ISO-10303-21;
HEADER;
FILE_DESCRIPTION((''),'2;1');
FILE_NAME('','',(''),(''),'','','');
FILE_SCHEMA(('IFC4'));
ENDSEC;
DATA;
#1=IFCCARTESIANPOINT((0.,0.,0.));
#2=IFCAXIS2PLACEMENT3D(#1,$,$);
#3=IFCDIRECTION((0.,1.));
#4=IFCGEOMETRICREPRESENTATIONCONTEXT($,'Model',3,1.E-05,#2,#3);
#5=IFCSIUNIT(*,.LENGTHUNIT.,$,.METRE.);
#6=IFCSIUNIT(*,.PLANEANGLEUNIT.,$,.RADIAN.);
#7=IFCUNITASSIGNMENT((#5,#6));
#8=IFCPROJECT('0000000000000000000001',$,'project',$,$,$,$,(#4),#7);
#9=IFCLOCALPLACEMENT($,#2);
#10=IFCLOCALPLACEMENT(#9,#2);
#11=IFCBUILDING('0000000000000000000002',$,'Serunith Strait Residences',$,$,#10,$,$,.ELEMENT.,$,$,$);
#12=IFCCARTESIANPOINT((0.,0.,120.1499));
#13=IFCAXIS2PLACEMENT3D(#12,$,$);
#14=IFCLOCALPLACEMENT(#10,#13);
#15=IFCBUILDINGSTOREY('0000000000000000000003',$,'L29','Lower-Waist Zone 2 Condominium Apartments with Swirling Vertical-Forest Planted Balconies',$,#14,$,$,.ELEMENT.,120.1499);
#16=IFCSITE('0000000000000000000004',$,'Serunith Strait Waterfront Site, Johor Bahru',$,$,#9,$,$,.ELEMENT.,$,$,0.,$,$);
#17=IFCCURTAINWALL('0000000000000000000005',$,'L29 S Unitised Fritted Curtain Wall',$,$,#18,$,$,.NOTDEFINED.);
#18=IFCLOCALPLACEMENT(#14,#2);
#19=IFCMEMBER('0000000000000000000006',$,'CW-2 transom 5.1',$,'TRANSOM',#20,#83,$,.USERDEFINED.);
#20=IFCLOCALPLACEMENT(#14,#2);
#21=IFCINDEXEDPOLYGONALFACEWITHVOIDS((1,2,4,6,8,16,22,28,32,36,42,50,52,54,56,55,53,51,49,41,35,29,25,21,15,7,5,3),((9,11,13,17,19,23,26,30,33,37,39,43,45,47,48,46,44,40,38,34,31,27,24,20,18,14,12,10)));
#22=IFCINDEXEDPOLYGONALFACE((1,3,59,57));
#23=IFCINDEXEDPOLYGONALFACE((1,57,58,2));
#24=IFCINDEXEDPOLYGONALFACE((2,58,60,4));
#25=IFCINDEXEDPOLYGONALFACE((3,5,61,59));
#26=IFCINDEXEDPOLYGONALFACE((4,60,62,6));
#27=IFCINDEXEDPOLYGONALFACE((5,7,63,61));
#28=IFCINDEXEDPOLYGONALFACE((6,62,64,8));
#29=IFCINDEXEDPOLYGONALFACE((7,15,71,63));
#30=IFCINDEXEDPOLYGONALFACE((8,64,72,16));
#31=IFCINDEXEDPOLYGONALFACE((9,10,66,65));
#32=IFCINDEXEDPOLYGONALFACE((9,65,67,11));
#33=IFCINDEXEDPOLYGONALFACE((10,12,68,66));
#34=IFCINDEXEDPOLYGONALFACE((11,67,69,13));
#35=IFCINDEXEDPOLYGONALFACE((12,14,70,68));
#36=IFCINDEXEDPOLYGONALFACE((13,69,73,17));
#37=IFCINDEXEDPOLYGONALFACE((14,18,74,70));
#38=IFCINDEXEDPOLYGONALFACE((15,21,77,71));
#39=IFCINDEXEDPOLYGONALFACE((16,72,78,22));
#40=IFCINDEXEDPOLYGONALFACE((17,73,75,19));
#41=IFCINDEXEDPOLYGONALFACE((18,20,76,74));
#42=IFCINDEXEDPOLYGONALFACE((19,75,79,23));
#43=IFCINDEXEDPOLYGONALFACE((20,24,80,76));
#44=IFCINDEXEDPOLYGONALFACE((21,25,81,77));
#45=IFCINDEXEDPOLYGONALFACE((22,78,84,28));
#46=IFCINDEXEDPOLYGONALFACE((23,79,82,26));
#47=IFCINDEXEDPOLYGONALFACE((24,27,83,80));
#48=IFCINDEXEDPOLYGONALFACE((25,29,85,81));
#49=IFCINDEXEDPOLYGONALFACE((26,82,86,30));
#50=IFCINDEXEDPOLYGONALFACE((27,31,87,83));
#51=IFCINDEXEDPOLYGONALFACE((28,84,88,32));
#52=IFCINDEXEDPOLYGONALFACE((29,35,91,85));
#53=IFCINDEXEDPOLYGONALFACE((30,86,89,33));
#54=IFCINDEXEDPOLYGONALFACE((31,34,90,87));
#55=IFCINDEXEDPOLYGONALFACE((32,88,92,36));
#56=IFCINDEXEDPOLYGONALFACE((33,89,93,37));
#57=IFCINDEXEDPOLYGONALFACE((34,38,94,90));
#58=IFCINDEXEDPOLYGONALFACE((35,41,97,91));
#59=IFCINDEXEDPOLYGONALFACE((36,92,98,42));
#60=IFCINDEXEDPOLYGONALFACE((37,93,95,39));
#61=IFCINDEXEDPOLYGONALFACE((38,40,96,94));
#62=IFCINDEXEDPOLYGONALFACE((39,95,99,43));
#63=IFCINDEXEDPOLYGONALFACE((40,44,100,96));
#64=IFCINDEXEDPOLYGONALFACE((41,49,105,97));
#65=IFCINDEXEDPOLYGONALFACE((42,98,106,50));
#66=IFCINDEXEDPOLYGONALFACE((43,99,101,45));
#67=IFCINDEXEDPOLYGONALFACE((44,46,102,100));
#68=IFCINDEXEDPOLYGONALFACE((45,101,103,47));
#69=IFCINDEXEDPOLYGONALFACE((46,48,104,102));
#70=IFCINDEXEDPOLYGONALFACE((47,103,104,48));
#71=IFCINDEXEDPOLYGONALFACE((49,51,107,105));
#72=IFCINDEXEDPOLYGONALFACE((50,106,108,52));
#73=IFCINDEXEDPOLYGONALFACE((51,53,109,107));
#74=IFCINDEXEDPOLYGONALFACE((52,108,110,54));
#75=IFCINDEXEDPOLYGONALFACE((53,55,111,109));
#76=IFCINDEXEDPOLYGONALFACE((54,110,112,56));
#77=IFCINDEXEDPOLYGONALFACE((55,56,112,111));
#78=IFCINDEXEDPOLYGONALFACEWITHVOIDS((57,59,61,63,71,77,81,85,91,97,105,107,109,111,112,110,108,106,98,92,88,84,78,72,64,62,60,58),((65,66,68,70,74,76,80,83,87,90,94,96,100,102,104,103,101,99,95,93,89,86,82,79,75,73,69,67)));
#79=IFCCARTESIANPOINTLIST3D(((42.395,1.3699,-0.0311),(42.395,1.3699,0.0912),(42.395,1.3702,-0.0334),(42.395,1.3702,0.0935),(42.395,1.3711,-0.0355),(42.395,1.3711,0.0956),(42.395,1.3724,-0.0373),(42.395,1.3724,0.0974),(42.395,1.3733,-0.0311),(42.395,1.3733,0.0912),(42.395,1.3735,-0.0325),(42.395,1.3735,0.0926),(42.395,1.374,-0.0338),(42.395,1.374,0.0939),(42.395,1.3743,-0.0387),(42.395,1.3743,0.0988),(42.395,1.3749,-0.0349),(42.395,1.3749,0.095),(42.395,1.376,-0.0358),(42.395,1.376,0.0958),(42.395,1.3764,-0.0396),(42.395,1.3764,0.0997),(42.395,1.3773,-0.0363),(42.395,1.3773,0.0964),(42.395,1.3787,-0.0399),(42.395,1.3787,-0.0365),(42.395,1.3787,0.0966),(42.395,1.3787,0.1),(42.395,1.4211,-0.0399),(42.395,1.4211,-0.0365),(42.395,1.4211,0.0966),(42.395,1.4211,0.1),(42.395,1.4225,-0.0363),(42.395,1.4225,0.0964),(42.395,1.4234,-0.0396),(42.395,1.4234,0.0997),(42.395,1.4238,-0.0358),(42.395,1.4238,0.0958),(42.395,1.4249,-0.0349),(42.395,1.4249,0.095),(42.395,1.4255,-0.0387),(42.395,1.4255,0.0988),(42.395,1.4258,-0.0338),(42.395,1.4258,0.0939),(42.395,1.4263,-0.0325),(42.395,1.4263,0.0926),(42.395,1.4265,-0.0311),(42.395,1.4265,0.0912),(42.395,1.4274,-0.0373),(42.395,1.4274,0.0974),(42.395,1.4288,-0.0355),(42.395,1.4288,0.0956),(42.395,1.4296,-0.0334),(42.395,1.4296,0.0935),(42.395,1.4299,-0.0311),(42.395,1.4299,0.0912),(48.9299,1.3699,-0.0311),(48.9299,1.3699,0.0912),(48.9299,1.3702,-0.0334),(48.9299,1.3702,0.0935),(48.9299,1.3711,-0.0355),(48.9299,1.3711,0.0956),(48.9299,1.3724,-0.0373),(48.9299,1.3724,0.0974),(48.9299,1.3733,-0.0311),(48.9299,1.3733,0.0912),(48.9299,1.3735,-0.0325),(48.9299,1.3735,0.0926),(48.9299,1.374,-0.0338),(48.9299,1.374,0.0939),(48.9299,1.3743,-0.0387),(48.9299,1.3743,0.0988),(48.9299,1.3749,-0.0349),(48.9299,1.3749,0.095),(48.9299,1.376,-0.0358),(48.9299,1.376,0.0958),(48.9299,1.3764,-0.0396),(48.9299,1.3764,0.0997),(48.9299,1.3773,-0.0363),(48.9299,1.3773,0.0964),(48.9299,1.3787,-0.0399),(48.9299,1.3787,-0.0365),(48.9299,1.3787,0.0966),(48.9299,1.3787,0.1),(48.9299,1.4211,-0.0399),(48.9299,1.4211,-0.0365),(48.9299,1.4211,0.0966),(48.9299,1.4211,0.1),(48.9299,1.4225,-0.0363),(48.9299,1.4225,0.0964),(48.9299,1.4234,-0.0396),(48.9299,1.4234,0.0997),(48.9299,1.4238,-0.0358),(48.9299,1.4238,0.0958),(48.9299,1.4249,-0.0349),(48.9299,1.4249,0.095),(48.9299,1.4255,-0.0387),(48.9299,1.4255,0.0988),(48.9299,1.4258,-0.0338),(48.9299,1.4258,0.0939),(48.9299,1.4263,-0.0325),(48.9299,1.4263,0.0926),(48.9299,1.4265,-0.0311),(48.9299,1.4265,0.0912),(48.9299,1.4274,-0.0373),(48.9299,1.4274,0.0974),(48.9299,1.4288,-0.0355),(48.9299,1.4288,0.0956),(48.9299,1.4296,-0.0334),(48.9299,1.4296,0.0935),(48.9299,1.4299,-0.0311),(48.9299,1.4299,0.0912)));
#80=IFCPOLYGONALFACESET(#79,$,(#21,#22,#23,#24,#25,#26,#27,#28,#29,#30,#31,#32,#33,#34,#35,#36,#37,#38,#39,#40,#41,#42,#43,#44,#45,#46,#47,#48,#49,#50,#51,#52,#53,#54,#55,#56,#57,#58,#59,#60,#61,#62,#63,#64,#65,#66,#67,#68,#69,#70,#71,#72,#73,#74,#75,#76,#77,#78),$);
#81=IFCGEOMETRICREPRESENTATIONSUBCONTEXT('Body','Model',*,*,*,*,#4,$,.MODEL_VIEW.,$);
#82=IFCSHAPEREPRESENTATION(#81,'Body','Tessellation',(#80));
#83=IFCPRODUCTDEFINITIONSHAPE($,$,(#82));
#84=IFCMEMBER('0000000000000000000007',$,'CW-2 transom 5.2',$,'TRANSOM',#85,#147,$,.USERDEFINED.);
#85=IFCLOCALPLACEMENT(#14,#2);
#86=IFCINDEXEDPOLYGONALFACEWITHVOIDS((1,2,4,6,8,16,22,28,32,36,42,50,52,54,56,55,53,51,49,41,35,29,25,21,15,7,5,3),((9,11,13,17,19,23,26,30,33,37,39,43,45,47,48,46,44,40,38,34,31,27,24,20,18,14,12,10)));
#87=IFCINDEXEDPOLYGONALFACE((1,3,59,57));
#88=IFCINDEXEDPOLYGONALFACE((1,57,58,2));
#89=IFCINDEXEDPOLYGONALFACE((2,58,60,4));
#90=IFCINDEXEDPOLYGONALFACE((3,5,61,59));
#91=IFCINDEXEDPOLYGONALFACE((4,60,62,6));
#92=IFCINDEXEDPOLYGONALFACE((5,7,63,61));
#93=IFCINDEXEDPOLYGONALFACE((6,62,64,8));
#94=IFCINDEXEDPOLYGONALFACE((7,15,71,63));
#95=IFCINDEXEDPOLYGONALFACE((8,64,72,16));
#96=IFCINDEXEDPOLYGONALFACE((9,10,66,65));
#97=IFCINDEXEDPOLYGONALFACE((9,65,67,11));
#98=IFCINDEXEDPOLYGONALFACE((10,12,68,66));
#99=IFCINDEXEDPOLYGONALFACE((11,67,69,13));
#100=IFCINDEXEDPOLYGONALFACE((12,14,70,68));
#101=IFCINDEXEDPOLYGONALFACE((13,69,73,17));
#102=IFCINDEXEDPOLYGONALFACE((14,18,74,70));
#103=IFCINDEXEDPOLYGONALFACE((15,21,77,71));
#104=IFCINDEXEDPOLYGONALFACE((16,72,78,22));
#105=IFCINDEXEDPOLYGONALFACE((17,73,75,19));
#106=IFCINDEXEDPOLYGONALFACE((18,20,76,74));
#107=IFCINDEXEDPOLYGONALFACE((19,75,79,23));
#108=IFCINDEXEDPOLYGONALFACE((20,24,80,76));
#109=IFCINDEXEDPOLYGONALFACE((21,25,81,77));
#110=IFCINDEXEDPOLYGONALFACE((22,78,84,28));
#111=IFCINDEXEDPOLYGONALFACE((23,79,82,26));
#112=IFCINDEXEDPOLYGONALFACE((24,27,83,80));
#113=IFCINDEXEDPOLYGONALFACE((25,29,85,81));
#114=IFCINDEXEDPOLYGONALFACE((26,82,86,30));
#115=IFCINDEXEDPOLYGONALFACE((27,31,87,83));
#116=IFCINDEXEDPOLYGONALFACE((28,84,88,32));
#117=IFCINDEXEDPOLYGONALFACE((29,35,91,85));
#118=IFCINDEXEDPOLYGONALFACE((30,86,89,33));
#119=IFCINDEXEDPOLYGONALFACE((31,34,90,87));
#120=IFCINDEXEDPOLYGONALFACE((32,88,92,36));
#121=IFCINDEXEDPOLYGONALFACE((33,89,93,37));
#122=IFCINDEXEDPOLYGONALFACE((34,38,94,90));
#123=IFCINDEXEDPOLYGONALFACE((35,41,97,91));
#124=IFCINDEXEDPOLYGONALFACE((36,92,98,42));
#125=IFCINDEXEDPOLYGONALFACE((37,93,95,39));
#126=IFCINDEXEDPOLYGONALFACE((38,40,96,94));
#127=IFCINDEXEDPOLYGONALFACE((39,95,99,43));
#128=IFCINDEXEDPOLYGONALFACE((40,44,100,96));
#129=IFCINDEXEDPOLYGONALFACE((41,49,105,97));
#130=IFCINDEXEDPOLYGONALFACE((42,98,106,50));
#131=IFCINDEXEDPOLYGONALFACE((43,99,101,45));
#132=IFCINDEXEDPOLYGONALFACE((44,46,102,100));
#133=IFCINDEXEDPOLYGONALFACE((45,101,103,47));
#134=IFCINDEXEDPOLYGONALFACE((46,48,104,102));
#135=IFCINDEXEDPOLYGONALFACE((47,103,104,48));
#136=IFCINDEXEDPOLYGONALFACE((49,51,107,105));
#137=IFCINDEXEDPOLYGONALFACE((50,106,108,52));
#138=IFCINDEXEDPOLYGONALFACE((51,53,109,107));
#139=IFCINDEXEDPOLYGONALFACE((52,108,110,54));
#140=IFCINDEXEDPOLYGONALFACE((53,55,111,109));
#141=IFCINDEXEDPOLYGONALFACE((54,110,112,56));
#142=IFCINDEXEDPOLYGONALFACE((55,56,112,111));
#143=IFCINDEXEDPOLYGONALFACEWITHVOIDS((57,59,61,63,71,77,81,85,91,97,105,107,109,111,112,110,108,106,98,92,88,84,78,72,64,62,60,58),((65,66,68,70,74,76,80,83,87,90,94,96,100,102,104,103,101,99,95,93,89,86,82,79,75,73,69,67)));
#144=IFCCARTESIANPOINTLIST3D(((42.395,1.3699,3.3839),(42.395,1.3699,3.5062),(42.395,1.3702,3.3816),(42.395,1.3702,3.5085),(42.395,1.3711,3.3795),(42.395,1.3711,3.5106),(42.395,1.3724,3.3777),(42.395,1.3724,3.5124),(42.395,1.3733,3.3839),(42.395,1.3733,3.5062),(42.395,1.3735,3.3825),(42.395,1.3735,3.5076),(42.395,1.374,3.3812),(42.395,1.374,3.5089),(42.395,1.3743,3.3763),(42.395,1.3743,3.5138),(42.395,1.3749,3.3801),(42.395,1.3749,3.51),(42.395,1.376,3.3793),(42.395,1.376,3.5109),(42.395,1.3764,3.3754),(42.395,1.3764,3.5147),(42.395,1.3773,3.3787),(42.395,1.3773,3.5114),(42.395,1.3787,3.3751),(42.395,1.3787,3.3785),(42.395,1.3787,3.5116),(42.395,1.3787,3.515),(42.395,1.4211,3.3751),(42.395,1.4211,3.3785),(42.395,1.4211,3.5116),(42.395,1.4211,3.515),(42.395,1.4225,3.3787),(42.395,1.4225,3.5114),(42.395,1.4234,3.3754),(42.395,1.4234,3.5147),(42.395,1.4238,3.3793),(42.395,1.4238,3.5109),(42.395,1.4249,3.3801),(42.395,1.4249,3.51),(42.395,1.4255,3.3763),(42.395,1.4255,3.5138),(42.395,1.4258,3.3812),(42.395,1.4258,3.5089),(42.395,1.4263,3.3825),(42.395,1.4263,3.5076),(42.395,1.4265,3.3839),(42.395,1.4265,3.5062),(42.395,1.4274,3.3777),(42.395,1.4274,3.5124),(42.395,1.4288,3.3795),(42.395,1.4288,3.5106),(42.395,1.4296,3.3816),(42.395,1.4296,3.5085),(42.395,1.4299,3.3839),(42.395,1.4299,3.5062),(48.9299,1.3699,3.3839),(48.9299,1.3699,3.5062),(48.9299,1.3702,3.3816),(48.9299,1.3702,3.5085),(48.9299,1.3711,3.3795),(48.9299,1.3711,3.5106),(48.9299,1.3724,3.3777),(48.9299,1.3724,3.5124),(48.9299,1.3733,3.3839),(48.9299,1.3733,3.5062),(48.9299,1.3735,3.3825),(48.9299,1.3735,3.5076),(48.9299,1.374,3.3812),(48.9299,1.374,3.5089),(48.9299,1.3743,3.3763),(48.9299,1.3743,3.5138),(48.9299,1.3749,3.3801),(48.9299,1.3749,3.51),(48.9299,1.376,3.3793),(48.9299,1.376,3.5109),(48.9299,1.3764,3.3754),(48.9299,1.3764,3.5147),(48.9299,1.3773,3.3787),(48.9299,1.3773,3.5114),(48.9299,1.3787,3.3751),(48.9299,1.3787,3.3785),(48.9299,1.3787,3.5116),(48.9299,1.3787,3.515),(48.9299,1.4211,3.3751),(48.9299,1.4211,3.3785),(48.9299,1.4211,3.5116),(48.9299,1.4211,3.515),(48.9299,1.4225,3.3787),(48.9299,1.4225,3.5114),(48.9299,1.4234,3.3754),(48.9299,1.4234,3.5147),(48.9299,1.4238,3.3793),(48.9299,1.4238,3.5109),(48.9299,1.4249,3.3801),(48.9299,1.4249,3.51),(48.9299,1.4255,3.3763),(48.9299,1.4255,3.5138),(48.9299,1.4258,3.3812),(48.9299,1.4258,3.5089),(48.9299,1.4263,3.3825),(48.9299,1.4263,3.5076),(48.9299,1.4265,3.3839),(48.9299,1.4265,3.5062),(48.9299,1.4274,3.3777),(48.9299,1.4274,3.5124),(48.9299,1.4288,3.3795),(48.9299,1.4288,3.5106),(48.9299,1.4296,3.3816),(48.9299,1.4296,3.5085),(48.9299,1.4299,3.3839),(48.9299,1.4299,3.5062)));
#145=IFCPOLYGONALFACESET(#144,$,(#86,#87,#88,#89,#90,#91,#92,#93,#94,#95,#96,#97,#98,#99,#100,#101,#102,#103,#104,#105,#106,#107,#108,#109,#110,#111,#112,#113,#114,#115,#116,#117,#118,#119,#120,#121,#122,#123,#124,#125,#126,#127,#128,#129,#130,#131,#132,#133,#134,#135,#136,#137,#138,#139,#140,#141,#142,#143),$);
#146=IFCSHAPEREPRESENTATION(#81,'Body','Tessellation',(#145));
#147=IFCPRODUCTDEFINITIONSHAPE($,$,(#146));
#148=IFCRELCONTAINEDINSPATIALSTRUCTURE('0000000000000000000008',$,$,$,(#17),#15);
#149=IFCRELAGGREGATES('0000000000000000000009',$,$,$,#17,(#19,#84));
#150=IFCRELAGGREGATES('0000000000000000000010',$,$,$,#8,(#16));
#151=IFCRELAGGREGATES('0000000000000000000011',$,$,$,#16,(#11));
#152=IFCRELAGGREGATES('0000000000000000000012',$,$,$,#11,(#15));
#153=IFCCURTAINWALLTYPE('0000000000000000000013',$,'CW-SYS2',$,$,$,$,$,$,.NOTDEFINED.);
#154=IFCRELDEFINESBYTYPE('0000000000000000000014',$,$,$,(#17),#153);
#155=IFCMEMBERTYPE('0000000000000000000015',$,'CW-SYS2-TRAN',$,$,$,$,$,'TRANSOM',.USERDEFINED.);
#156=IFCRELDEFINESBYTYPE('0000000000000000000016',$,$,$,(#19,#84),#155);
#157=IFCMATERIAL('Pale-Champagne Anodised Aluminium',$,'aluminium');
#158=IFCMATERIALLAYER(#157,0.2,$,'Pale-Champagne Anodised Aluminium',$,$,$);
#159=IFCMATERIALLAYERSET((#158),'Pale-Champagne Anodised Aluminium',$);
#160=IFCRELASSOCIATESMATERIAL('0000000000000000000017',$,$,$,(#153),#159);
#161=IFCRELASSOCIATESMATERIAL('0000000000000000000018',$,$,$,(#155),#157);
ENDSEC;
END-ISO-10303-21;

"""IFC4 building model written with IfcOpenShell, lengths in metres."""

from ifc_helpers import new_model, si_unit, direction, frame, origin, origin_2d, place, context, subcontext, project, spatial, hollow_rectangle, extrude, source, transform, mapped, material, layer, layer_set, material_profile, profile_set, type_object, element, aggregate, save


model = new_model("IFC4")

# Units and contexts
model_context = context("Model", 3, precision=1e-05, world=origin(), true_north=direction((0.0, 1.0)))
body_context = subcontext(model_context, "Body", "Model", "MODEL_VIEW")
ifc_project = project(units=[si_unit("LENGTHUNIT", "METRE"), si_unit("PLANEANGLEUNIT", "RADIAN")], contexts=[model_context])

# Site, building, storey
site_placement = place(None, origin())
site = spatial("IfcSite", under=ifc_project, at=site_placement, Name="Serunith Strait Waterfront Site, Johor Bahru", CompositionType="ELEMENT", RefElevation=0.0)
building_placement = place(site_placement, origin())
building = spatial("IfcBuilding", under=site, at=building_placement, Name="Serunith Strait Residences", CompositionType="ELEMENT")
storey_placement = place(building_placement, frame((0.0, 0.0, 120.1499)))
storey = spatial("IfcBuildingStorey", under=building, at=storey_placement, Name="L29", Description="Lower-Waist Zone 2 Condominium Apartments with Swirling Vertical-Forest Planted Balconies", CompositionType="ELEMENT", Elevation=120.1499)

# Curtain wall, members
ifc_material_1 = material(Name="Pale-Champagne Anodised Aluminium", Category="aluminium")
ifc_layer_1 = layer(ifc_material_1, 0.2, Name="Pale-Champagne Anodised Aluminium")
ifc_layer_set_1 = layer_set([ifc_layer_1], Name="Pale-Champagne Anodised Aluminium")
curtain_wall_type = type_object("IfcCurtainWallType", Name="CW-SYS2", PredefinedType="NOTDEFINED", material=ifc_layer_set_1)
curtain_wall_placement = place(storey_placement, origin())
curtain_wall = element("IfcCurtainWall", 1, at=curtain_wall_placement, inside=storey, type_object=curtain_wall_type, Name="L29 S Unitised Fritted Curtain Wall", PredefinedType="NOTDEFINED")
ifc_material_profile_1 = material_profile(ifc_material_1, hollow_rectangle(XDim=0.0601, YDim=0.1399, WallThickness=0.0034, InnerFilletRadius=0.0054, OuterFilletRadius=0.0088, at=origin_2d()), Name="ALU 140x60x3.5")
ifc_profile_set_1 = profile_set([ifc_material_profile_1], Name="Pale-Champagne Anodised Aluminium")
member_type_1 = type_object("IfcMemberType", Name="CW-SYS2-TRAN", ElementType="TRANSOM", PredefinedType="USERDEFINED", material=ifc_profile_set_1)
shared_shape_1 = source(origin(), body_context, "Body", "SweptSolid", [
    extrude(hollow_rectangle(XDim=0.0601, YDim=0.1399, WallThickness=0.0034, InnerFilletRadius=0.0054, OuterFilletRadius=0.0088, at=origin_2d()), origin(), (0.0, 0.0, 1.0), 6.5349),
])
member_1_placement = place(storey_placement, frame((42.395, 1.3999, 0.03), z_axis=(1.0, 0.0, 0.0), x_axis=(0.0, 1.0, 0.0)))
member_1 = element("IfcMember", 2, at=member_1_placement, type_object=member_type_1, Name="CW-2 transom 5.1", ObjectType="TRANSOM", PredefinedType="USERDEFINED", context=body_context, shape_type="MappedRepresentation", body=[
    mapped(shared_shape_1, transform((0.0, 0.0, 0.0), scale=1.0)),
])
member_2_placement = place(storey_placement, frame((42.395, 1.3999, 3.4451), z_axis=(1.0, 0.0, 0.0), x_axis=(0.0, 1.0, 0.0)))
member_2 = element("IfcMember", 3, at=member_2_placement, type_object=member_type_1, Name="CW-2 transom 5.2", ObjectType="TRANSOM", PredefinedType="USERDEFINED", context=body_context, shape_type="MappedRepresentation", body=[
    mapped(shared_shape_1, transform((0.0, 0.0, 0.0), scale=1.0)),
])
aggregate(curtain_wall, [member_1, member_2])

save(model, "model.ifc")
